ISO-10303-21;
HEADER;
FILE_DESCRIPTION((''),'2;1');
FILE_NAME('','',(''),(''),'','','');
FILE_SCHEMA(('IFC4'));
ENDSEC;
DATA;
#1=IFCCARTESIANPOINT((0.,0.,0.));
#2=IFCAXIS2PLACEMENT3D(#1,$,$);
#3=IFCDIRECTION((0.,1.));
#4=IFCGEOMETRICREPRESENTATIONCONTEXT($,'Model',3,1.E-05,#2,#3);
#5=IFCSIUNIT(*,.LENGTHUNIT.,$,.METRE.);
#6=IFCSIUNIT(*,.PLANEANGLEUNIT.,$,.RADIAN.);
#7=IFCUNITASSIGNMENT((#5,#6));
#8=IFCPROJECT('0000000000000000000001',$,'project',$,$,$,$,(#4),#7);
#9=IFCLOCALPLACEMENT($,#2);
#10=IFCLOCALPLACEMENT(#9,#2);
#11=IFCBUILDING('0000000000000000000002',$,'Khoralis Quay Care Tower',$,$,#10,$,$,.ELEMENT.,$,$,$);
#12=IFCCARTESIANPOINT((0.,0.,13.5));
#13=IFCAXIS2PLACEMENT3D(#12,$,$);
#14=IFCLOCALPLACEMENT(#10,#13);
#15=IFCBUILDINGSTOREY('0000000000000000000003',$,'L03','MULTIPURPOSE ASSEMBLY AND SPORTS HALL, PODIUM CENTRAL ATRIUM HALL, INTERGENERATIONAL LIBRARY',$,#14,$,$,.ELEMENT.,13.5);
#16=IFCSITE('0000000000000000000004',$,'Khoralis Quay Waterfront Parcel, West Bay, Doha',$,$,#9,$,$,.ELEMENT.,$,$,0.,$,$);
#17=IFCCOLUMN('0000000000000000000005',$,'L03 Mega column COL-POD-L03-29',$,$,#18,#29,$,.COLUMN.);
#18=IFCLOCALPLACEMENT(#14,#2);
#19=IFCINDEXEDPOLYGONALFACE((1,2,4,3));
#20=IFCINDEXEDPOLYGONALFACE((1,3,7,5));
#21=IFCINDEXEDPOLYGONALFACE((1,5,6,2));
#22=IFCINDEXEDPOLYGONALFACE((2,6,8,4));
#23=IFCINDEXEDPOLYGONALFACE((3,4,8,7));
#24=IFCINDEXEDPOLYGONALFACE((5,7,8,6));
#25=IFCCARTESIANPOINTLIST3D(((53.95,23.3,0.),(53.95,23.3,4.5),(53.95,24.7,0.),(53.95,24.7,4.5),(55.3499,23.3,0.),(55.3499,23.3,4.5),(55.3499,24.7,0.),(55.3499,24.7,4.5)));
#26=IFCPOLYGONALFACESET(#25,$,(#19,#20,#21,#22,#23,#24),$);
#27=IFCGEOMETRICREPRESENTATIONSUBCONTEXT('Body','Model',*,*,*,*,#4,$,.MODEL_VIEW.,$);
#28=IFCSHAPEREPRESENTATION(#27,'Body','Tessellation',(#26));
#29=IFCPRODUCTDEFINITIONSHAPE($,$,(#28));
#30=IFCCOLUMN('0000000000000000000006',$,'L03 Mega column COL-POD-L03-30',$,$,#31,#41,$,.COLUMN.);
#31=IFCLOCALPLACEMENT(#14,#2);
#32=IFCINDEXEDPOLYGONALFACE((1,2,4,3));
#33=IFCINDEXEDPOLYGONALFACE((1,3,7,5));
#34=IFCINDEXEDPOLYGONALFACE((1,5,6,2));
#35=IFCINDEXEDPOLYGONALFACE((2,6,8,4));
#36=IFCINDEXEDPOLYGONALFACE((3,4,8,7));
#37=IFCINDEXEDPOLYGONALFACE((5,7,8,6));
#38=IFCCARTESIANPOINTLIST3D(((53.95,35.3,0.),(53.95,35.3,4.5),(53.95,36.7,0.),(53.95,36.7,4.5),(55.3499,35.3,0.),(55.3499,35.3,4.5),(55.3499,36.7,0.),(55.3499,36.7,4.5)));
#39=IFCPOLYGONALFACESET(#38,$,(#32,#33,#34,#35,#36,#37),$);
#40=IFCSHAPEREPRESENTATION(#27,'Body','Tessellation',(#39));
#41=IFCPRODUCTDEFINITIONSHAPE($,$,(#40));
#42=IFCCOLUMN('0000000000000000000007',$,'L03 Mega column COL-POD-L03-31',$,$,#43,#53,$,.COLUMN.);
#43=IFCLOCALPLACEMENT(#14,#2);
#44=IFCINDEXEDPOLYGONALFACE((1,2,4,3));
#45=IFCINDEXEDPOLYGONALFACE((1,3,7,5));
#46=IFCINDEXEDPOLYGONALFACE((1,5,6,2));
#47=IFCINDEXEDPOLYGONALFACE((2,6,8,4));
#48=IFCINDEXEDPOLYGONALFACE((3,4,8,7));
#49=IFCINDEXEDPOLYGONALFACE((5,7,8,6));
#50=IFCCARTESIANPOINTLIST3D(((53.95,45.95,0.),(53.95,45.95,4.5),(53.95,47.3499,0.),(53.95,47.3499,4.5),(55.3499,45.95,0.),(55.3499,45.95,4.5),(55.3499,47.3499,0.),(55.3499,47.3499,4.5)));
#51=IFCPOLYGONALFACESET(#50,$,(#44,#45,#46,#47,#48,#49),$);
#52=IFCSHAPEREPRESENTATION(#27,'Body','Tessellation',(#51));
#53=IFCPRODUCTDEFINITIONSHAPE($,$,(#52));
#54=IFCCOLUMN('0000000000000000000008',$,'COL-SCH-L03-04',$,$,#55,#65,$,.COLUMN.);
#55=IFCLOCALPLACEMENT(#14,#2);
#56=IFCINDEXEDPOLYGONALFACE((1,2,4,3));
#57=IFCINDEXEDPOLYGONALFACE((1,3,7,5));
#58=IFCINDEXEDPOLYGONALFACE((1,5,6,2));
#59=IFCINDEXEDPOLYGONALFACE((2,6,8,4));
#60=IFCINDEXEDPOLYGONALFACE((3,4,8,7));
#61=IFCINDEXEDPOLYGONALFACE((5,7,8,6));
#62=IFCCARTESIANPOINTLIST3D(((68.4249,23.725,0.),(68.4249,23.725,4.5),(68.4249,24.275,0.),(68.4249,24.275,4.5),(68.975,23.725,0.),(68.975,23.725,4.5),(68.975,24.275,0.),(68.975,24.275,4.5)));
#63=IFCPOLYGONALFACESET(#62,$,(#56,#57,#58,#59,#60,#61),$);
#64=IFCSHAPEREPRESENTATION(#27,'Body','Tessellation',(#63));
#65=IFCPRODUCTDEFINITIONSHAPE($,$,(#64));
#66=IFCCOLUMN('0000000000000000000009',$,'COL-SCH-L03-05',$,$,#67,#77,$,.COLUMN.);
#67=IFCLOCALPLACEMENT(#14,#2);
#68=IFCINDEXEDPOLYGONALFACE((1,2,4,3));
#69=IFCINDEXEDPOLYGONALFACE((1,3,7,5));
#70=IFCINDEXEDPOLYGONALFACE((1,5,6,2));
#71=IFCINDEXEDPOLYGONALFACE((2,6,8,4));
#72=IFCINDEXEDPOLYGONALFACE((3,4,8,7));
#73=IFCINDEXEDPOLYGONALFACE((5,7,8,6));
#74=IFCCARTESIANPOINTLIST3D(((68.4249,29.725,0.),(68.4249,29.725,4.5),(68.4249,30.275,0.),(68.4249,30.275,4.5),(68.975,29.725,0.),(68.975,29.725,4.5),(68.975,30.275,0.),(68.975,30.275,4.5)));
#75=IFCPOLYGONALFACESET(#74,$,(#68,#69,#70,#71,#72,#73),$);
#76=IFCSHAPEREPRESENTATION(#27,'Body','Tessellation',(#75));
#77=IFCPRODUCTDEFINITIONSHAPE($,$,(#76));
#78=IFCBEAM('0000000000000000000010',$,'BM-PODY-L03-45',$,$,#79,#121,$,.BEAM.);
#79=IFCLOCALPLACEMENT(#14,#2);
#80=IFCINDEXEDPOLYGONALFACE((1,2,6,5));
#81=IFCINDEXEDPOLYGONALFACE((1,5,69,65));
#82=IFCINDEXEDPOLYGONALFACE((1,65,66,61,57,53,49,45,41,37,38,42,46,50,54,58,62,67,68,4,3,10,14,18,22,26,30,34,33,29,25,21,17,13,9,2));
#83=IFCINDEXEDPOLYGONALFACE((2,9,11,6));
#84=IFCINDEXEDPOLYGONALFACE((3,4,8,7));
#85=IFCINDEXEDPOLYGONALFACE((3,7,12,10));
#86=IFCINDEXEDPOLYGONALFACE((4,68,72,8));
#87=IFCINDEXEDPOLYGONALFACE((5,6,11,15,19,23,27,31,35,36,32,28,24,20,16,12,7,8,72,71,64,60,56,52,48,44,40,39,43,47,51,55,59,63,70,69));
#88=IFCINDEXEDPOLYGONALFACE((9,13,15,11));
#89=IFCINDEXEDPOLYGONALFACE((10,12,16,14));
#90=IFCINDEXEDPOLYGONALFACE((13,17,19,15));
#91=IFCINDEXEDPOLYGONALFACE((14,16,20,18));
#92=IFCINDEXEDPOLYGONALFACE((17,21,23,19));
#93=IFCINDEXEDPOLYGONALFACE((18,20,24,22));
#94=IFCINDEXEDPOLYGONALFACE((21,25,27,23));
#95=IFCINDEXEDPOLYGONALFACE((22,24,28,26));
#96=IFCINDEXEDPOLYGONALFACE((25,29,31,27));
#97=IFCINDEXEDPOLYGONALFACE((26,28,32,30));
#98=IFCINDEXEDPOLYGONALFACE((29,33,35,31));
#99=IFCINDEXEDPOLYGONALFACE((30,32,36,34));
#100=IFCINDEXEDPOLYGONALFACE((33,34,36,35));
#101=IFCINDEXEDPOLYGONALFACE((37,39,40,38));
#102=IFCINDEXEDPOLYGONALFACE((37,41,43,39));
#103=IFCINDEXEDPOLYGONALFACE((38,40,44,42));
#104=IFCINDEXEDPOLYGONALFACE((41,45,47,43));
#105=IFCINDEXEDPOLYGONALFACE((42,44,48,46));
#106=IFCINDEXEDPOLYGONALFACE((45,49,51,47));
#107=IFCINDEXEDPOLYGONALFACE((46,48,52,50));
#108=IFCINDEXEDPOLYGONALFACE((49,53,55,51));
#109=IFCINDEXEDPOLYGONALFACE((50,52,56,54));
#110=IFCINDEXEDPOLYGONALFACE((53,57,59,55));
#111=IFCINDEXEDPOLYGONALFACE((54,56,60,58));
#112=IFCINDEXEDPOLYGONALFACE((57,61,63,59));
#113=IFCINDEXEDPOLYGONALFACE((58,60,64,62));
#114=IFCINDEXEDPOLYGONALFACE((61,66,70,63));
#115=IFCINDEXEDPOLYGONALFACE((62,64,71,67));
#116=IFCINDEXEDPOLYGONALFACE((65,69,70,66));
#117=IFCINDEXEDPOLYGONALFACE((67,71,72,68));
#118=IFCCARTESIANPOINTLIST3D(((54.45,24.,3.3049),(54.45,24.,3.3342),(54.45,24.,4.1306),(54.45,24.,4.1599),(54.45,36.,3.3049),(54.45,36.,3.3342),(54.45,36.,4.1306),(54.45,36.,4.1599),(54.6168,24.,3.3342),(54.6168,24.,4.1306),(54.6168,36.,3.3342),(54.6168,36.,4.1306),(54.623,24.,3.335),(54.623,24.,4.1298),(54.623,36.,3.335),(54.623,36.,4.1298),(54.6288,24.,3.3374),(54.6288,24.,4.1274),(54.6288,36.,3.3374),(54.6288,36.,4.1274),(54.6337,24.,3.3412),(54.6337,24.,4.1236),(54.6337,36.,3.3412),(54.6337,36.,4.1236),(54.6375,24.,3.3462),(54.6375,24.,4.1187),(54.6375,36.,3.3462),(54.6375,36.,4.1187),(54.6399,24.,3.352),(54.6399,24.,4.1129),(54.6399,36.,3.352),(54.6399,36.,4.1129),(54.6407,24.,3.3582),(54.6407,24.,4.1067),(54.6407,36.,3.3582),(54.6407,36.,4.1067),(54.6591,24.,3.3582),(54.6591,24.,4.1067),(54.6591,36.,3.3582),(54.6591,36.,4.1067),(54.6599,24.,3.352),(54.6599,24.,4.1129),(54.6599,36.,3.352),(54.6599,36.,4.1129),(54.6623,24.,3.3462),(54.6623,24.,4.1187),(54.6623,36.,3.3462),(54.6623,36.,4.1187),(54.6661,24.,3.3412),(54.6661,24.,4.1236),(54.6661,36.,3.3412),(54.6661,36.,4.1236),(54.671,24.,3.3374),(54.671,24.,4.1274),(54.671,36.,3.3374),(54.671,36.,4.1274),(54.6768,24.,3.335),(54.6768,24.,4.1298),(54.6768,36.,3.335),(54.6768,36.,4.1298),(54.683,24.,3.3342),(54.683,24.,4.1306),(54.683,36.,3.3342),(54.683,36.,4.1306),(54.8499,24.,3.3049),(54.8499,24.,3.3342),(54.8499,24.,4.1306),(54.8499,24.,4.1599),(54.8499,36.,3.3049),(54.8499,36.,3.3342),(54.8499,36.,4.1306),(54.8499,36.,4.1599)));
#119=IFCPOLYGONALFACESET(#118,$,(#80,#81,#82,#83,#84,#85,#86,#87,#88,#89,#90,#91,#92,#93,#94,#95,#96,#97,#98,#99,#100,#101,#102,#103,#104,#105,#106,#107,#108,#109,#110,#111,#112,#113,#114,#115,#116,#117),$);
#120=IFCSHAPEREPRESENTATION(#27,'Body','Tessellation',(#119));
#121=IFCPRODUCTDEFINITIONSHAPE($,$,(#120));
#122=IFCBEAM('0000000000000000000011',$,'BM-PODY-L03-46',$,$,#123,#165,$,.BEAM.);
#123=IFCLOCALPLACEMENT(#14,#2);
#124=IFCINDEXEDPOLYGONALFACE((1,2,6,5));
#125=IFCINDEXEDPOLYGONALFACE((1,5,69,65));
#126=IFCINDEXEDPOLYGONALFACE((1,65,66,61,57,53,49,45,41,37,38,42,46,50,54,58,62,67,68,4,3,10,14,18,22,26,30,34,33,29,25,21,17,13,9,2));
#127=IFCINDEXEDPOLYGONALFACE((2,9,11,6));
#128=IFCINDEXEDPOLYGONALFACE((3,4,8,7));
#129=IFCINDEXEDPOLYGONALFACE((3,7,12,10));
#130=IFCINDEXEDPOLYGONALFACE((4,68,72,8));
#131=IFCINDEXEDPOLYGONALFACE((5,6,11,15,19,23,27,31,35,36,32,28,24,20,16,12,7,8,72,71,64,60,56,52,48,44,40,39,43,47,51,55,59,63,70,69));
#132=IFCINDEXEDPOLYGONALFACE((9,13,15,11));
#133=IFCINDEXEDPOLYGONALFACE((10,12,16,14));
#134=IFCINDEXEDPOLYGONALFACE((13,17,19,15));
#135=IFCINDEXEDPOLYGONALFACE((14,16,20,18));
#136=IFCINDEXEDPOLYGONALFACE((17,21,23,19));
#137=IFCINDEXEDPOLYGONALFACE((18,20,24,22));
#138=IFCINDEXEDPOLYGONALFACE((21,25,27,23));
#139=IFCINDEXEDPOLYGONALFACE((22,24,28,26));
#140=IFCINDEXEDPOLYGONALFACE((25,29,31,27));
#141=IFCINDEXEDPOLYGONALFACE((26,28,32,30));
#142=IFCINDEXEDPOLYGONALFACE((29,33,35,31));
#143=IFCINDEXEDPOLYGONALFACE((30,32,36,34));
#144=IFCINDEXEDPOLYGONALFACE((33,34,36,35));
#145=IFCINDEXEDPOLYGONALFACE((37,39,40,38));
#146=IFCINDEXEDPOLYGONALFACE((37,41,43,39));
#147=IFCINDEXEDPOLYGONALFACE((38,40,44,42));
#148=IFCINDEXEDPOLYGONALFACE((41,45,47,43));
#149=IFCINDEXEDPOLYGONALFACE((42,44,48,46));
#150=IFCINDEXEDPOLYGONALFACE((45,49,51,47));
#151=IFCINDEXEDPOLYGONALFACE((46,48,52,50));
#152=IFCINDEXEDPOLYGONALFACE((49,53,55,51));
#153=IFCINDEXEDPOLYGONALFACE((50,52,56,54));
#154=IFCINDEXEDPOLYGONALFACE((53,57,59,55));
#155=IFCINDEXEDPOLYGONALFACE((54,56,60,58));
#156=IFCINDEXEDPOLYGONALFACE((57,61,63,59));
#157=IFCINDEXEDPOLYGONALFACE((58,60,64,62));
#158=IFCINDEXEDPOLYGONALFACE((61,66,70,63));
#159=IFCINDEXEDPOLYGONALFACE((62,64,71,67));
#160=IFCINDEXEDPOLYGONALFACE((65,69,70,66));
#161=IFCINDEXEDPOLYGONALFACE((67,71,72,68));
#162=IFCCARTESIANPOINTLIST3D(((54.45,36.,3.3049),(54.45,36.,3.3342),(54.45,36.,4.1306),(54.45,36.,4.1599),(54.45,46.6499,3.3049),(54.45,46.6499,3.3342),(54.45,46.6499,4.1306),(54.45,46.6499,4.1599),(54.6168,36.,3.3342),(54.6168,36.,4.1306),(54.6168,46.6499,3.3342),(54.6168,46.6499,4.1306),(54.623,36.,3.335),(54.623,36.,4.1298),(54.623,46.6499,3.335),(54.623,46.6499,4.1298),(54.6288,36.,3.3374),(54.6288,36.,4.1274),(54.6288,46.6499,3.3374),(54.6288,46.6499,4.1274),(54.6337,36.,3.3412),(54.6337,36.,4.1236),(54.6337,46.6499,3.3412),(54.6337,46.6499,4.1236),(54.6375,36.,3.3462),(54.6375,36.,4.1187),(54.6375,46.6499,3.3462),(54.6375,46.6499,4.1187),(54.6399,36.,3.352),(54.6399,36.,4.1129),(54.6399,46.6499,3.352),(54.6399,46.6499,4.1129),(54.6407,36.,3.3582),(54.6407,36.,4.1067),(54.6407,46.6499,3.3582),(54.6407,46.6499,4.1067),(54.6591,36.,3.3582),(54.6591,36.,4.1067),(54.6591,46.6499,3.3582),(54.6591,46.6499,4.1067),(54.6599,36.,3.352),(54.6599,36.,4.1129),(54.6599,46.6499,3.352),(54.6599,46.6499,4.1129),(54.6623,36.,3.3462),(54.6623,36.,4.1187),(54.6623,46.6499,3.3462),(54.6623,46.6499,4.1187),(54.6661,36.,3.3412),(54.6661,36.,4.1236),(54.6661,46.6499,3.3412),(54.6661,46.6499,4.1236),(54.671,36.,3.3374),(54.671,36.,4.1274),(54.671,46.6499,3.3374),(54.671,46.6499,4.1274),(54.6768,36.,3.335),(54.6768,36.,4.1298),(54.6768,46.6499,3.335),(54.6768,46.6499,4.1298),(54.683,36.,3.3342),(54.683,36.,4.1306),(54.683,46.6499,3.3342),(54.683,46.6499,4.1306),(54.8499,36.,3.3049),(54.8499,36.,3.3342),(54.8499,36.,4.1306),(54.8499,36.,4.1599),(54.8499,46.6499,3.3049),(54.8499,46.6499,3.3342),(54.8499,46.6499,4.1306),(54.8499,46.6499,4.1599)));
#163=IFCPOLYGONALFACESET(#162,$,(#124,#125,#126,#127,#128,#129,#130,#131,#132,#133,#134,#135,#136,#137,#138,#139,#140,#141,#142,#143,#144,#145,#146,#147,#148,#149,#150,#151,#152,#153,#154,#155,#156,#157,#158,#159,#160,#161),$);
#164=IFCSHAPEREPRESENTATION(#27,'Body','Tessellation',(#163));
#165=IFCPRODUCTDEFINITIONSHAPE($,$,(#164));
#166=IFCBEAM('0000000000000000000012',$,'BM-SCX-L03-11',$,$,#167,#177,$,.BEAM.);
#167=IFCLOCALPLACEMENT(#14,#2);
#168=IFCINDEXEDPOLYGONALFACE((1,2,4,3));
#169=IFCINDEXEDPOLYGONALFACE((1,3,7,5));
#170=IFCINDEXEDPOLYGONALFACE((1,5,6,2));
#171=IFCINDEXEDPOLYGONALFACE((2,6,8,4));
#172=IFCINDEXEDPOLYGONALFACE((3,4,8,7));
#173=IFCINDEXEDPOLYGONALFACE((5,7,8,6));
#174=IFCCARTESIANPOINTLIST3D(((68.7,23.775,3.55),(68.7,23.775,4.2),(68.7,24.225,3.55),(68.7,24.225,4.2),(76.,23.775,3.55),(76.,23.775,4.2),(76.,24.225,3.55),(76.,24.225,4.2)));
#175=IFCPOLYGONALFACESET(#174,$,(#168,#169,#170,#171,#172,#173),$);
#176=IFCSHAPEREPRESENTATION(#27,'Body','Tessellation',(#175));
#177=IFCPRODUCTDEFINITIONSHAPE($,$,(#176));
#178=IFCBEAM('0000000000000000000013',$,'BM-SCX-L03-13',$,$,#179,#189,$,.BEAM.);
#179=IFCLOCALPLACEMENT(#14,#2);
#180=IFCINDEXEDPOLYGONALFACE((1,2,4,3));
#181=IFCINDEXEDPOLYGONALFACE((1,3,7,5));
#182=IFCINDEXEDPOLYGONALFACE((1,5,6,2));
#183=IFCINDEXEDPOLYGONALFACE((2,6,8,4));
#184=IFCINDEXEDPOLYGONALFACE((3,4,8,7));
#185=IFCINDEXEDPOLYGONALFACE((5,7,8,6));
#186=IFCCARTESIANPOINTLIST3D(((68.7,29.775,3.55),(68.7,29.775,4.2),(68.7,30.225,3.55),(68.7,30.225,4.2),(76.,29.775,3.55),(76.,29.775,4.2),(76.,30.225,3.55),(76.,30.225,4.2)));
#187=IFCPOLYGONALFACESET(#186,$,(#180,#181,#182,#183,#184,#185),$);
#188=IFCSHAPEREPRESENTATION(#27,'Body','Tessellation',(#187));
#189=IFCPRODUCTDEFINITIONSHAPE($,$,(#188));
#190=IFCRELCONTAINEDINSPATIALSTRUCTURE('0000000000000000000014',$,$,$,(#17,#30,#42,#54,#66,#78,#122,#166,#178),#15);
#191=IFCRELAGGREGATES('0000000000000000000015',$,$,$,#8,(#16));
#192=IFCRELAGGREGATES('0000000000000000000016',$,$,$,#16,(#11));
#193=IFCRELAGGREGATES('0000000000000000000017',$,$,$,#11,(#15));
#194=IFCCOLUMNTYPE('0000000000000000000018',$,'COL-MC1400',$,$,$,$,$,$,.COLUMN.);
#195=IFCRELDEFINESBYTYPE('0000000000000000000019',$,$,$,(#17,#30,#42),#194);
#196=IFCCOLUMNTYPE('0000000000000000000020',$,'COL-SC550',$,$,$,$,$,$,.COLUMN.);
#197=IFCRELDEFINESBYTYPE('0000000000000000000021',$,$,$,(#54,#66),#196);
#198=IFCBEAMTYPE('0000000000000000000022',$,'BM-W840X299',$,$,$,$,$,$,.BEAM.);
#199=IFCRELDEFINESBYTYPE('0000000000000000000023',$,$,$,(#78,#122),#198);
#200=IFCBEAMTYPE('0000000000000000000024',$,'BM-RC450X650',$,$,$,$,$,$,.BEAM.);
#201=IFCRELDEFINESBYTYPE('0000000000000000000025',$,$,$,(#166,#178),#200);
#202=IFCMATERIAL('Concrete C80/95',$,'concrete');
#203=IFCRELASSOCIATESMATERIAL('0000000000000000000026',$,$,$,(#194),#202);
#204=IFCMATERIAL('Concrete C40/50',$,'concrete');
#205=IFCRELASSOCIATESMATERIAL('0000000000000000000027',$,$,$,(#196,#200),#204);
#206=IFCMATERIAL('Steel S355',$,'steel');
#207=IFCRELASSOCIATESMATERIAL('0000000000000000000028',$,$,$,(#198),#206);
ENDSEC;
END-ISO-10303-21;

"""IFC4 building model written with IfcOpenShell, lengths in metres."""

from ifc_helpers import new_model, si_unit, direction, frame, origin, origin_2d, place, context, subcontext, project, spatial, rectangle, i_section, extrude, source, transform, mapped, material, material_profile, profile_set, type_object, element, save


model = new_model("IFC4")

# Units and contexts
model_context = context("Model", 3, precision=1e-05, world=origin(), true_north=direction((0.0, 1.0)))
body_context = subcontext(model_context, "Body", "Model", "MODEL_VIEW")
ifc_project = project(units=[si_unit("LENGTHUNIT", "METRE"), si_unit("PLANEANGLEUNIT", "RADIAN")], contexts=[model_context])

# Site, building, storey
site_placement = place(None, origin())
site = spatial("IfcSite", under=ifc_project, at=site_placement, Name="Khoralis Quay Waterfront Parcel, West Bay, Doha", CompositionType="ELEMENT", RefElevation=0.0)
building_placement = place(site_placement, origin())
building = spatial("IfcBuilding", under=site, at=building_placement, Name="Khoralis Quay Care Tower", CompositionType="ELEMENT")
storey_placement = place(building_placement, frame((0.0, 0.0, 13.5)))
storey = spatial("IfcBuildingStorey", under=building, at=storey_placement, Name="L03", Description="MULTIPURPOSE ASSEMBLY AND SPORTS HALL, PODIUM CENTRAL ATRIUM HALL, INTERGENERATIONAL LIBRARY", CompositionType="ELEMENT", Elevation=13.5)

# Columns
ifc_material_1 = material(Name="Concrete C80/95", Category="concrete")
ifc_material_profile_1 = material_profile(ifc_material_1, rectangle(XDim=1.3999, YDim=1.3999, at=origin_2d()), Name="Concrete C80/95")
ifc_profile_set_1 = profile_set([ifc_material_profile_1], Name="Concrete C80/95")
column_type_1 = type_object("IfcColumnType", Name="COL-MC1400", PredefinedType="COLUMN", material=ifc_profile_set_1)
shared_shape_1 = source(origin(), body_context, "Body", "SweptSolid", [
    extrude(rectangle(XDim=1.3999, YDim=1.3999, at=origin_2d()), origin(), (0.0, 0.0, 1.0), 4.5),
])
for number, where, z_axis, x_axis, name in (
    (1, (54.6499, 24.0, 0.0), (0.0, 0.0, 1.0), (1.0, 0.0, 0.0), "L03 Mega column COL-POD-L03-29"),
    (2, (54.6499, 36.0, 0.0), (0.0, 0.0, 1.0), (1.0, 0.0, 0.0), "L03 Mega column COL-POD-L03-30"),
    (3, (54.6499, 46.6499, 0.0), (0.0, 0.0, 1.0), (1.0, 0.0, 0.0), "L03 Mega column COL-POD-L03-31"),
):
    element("IfcColumn", number, at=place(storey_placement, frame(where, z_axis=z_axis, x_axis=x_axis)), inside=storey, type_object=column_type_1, Name=name, PredefinedType="COLUMN", context=body_context, shape_type="MappedRepresentation", body=[
        mapped(shared_shape_1, transform((0.0, 0.0, 0.0), scale=1.0)),
    ])
ifc_material_2 = material(Name="Concrete C40/50", Category="concrete")
ifc_material_profile_2 = material_profile(ifc_material_2, rectangle(XDim=0.55, YDim=0.55, at=origin_2d()), Name="Concrete C40/50")
ifc_profile_set_2 = profile_set([ifc_material_profile_2], Name="Concrete C40/50")
column_type_2 = type_object("IfcColumnType", Name="COL-SC550", PredefinedType="COLUMN", material=ifc_profile_set_2)
shared_shape_2 = source(origin(), body_context, "Body", "SweptSolid", [
    extrude(rectangle(XDim=0.55, YDim=0.55, at=origin_2d()), origin(), (0.0, 0.0, 1.0), 4.5),
])
for number, where, z_axis, x_axis, name in (
    (4, (68.7, 24.0, 0.0), (0.0, 0.0, 1.0), (1.0, 0.0, 0.0), "COL-SCH-L03-04"),
    (5, (68.7, 30.0, 0.0), (0.0, 0.0, 1.0), (1.0, 0.0, 0.0), "COL-SCH-L03-05"),
):
    element("IfcColumn", number, at=place(storey_placement, frame(where, z_axis=z_axis, x_axis=x_axis)), inside=storey, type_object=column_type_2, Name=name, PredefinedType="COLUMN", context=body_context, shape_type="MappedRepresentation", body=[
        mapped(shared_shape_2, transform((0.0, 0.0, 0.0), scale=1.0)),
    ])

# Beams
ifc_material_3 = material(Name="Steel S355", Category="steel")
ifc_material_profile_3 = material_profile(ifc_material_3, i_section(OverallWidth=0.3999, OverallDepth=0.855, WebThickness=0.0183, FlangeThickness=0.0293, FilletRadius=0.0239, at=origin_2d()), Name="Steel S355")
ifc_profile_set_3 = profile_set([ifc_material_profile_3], Name="Steel S355")
beam_type_1 = type_object("IfcBeamType", Name="BM-W840X299", PredefinedType="BEAM", material=ifc_profile_set_3)
shared_shape_3 = source(origin(), body_context, "Body", "SweptSolid", [
    extrude(i_section(OverallWidth=0.3999, OverallDepth=0.855, WebThickness=0.0183, FlangeThickness=0.0293, FilletRadius=0.0239, at=origin_2d()), origin(), (0.0, 0.0, 1.0), 12.0),
])
beam_1_placement = place(storey_placement, frame((54.6499, 24.0, 3.7324), z_axis=(0.0, 1.0, 0.0), x_axis=(-1.0, 0.0, 0.0)))
element("IfcBeam", 6, at=beam_1_placement, inside=storey, type_object=beam_type_1, Name="BM-PODY-L03-45", PredefinedType="BEAM", context=body_context, shape_type="MappedRepresentation", body=[
    mapped(shared_shape_3, transform((0.0, 0.0, 0.0), scale=1.0)),
])
shared_shape_4 = source(origin(), body_context, "Body", "SweptSolid", [
    extrude(i_section(OverallWidth=0.3999, OverallDepth=0.855, WebThickness=0.0183, FlangeThickness=0.0293, FilletRadius=0.0239, at=origin_2d()), origin(), (0.0, 0.0, 1.0), 10.6499),
])
beam_2_placement = place(storey_placement, frame((54.6499, 36.0, 3.7324), z_axis=(0.0, 1.0, 0.0), x_axis=(-1.0, 0.0, 0.0)))
element("IfcBeam", 7, at=beam_2_placement, inside=storey, type_object=beam_type_1, Name="BM-PODY-L03-46", PredefinedType="BEAM", context=body_context, shape_type="MappedRepresentation", body=[
    mapped(shared_shape_4, transform((0.0, 0.0, 0.0), scale=1.0)),
])
ifc_material_profile_4 = material_profile(ifc_material_2, rectangle(XDim=0.45, YDim=0.6499, at=origin_2d()), Name="Concrete C40/50")
ifc_profile_set_4 = profile_set([ifc_material_profile_4], Name="Concrete C40/50")
beam_type_2 = type_object("IfcBeamType", Name="BM-RC450X650", PredefinedType="BEAM", material=ifc_profile_set_4)
shared_shape_5 = source(origin(), body_context, "Body", "SweptSolid", [
    extrude(rectangle(XDim=0.45, YDim=0.6499, at=origin_2d()), origin(), (0.0, 0.0, 1.0), 7.3),
])
for number, where, z_axis, x_axis, name in (
    (8, (68.7, 24.0, 3.875), (1.0, 0.0, 0.0), (0.0, 1.0, 0.0), "BM-SCX-L03-11"),
    (9, (68.7, 30.0, 3.875), (1.0, 0.0, 0.0), (0.0, 1.0, 0.0), "BM-SCX-L03-13"),
):
    element("IfcBeam", number, at=place(storey_placement, frame(where, z_axis=z_axis, x_axis=x_axis)), inside=storey, type_object=beam_type_2, Name=name, PredefinedType="BEAM", context=body_context, shape_type="MappedRepresentation", body=[
        mapped(shared_shape_5, transform((0.0, 0.0, 0.0), scale=1.0)),
    ])

save(model, "model.ifc")
